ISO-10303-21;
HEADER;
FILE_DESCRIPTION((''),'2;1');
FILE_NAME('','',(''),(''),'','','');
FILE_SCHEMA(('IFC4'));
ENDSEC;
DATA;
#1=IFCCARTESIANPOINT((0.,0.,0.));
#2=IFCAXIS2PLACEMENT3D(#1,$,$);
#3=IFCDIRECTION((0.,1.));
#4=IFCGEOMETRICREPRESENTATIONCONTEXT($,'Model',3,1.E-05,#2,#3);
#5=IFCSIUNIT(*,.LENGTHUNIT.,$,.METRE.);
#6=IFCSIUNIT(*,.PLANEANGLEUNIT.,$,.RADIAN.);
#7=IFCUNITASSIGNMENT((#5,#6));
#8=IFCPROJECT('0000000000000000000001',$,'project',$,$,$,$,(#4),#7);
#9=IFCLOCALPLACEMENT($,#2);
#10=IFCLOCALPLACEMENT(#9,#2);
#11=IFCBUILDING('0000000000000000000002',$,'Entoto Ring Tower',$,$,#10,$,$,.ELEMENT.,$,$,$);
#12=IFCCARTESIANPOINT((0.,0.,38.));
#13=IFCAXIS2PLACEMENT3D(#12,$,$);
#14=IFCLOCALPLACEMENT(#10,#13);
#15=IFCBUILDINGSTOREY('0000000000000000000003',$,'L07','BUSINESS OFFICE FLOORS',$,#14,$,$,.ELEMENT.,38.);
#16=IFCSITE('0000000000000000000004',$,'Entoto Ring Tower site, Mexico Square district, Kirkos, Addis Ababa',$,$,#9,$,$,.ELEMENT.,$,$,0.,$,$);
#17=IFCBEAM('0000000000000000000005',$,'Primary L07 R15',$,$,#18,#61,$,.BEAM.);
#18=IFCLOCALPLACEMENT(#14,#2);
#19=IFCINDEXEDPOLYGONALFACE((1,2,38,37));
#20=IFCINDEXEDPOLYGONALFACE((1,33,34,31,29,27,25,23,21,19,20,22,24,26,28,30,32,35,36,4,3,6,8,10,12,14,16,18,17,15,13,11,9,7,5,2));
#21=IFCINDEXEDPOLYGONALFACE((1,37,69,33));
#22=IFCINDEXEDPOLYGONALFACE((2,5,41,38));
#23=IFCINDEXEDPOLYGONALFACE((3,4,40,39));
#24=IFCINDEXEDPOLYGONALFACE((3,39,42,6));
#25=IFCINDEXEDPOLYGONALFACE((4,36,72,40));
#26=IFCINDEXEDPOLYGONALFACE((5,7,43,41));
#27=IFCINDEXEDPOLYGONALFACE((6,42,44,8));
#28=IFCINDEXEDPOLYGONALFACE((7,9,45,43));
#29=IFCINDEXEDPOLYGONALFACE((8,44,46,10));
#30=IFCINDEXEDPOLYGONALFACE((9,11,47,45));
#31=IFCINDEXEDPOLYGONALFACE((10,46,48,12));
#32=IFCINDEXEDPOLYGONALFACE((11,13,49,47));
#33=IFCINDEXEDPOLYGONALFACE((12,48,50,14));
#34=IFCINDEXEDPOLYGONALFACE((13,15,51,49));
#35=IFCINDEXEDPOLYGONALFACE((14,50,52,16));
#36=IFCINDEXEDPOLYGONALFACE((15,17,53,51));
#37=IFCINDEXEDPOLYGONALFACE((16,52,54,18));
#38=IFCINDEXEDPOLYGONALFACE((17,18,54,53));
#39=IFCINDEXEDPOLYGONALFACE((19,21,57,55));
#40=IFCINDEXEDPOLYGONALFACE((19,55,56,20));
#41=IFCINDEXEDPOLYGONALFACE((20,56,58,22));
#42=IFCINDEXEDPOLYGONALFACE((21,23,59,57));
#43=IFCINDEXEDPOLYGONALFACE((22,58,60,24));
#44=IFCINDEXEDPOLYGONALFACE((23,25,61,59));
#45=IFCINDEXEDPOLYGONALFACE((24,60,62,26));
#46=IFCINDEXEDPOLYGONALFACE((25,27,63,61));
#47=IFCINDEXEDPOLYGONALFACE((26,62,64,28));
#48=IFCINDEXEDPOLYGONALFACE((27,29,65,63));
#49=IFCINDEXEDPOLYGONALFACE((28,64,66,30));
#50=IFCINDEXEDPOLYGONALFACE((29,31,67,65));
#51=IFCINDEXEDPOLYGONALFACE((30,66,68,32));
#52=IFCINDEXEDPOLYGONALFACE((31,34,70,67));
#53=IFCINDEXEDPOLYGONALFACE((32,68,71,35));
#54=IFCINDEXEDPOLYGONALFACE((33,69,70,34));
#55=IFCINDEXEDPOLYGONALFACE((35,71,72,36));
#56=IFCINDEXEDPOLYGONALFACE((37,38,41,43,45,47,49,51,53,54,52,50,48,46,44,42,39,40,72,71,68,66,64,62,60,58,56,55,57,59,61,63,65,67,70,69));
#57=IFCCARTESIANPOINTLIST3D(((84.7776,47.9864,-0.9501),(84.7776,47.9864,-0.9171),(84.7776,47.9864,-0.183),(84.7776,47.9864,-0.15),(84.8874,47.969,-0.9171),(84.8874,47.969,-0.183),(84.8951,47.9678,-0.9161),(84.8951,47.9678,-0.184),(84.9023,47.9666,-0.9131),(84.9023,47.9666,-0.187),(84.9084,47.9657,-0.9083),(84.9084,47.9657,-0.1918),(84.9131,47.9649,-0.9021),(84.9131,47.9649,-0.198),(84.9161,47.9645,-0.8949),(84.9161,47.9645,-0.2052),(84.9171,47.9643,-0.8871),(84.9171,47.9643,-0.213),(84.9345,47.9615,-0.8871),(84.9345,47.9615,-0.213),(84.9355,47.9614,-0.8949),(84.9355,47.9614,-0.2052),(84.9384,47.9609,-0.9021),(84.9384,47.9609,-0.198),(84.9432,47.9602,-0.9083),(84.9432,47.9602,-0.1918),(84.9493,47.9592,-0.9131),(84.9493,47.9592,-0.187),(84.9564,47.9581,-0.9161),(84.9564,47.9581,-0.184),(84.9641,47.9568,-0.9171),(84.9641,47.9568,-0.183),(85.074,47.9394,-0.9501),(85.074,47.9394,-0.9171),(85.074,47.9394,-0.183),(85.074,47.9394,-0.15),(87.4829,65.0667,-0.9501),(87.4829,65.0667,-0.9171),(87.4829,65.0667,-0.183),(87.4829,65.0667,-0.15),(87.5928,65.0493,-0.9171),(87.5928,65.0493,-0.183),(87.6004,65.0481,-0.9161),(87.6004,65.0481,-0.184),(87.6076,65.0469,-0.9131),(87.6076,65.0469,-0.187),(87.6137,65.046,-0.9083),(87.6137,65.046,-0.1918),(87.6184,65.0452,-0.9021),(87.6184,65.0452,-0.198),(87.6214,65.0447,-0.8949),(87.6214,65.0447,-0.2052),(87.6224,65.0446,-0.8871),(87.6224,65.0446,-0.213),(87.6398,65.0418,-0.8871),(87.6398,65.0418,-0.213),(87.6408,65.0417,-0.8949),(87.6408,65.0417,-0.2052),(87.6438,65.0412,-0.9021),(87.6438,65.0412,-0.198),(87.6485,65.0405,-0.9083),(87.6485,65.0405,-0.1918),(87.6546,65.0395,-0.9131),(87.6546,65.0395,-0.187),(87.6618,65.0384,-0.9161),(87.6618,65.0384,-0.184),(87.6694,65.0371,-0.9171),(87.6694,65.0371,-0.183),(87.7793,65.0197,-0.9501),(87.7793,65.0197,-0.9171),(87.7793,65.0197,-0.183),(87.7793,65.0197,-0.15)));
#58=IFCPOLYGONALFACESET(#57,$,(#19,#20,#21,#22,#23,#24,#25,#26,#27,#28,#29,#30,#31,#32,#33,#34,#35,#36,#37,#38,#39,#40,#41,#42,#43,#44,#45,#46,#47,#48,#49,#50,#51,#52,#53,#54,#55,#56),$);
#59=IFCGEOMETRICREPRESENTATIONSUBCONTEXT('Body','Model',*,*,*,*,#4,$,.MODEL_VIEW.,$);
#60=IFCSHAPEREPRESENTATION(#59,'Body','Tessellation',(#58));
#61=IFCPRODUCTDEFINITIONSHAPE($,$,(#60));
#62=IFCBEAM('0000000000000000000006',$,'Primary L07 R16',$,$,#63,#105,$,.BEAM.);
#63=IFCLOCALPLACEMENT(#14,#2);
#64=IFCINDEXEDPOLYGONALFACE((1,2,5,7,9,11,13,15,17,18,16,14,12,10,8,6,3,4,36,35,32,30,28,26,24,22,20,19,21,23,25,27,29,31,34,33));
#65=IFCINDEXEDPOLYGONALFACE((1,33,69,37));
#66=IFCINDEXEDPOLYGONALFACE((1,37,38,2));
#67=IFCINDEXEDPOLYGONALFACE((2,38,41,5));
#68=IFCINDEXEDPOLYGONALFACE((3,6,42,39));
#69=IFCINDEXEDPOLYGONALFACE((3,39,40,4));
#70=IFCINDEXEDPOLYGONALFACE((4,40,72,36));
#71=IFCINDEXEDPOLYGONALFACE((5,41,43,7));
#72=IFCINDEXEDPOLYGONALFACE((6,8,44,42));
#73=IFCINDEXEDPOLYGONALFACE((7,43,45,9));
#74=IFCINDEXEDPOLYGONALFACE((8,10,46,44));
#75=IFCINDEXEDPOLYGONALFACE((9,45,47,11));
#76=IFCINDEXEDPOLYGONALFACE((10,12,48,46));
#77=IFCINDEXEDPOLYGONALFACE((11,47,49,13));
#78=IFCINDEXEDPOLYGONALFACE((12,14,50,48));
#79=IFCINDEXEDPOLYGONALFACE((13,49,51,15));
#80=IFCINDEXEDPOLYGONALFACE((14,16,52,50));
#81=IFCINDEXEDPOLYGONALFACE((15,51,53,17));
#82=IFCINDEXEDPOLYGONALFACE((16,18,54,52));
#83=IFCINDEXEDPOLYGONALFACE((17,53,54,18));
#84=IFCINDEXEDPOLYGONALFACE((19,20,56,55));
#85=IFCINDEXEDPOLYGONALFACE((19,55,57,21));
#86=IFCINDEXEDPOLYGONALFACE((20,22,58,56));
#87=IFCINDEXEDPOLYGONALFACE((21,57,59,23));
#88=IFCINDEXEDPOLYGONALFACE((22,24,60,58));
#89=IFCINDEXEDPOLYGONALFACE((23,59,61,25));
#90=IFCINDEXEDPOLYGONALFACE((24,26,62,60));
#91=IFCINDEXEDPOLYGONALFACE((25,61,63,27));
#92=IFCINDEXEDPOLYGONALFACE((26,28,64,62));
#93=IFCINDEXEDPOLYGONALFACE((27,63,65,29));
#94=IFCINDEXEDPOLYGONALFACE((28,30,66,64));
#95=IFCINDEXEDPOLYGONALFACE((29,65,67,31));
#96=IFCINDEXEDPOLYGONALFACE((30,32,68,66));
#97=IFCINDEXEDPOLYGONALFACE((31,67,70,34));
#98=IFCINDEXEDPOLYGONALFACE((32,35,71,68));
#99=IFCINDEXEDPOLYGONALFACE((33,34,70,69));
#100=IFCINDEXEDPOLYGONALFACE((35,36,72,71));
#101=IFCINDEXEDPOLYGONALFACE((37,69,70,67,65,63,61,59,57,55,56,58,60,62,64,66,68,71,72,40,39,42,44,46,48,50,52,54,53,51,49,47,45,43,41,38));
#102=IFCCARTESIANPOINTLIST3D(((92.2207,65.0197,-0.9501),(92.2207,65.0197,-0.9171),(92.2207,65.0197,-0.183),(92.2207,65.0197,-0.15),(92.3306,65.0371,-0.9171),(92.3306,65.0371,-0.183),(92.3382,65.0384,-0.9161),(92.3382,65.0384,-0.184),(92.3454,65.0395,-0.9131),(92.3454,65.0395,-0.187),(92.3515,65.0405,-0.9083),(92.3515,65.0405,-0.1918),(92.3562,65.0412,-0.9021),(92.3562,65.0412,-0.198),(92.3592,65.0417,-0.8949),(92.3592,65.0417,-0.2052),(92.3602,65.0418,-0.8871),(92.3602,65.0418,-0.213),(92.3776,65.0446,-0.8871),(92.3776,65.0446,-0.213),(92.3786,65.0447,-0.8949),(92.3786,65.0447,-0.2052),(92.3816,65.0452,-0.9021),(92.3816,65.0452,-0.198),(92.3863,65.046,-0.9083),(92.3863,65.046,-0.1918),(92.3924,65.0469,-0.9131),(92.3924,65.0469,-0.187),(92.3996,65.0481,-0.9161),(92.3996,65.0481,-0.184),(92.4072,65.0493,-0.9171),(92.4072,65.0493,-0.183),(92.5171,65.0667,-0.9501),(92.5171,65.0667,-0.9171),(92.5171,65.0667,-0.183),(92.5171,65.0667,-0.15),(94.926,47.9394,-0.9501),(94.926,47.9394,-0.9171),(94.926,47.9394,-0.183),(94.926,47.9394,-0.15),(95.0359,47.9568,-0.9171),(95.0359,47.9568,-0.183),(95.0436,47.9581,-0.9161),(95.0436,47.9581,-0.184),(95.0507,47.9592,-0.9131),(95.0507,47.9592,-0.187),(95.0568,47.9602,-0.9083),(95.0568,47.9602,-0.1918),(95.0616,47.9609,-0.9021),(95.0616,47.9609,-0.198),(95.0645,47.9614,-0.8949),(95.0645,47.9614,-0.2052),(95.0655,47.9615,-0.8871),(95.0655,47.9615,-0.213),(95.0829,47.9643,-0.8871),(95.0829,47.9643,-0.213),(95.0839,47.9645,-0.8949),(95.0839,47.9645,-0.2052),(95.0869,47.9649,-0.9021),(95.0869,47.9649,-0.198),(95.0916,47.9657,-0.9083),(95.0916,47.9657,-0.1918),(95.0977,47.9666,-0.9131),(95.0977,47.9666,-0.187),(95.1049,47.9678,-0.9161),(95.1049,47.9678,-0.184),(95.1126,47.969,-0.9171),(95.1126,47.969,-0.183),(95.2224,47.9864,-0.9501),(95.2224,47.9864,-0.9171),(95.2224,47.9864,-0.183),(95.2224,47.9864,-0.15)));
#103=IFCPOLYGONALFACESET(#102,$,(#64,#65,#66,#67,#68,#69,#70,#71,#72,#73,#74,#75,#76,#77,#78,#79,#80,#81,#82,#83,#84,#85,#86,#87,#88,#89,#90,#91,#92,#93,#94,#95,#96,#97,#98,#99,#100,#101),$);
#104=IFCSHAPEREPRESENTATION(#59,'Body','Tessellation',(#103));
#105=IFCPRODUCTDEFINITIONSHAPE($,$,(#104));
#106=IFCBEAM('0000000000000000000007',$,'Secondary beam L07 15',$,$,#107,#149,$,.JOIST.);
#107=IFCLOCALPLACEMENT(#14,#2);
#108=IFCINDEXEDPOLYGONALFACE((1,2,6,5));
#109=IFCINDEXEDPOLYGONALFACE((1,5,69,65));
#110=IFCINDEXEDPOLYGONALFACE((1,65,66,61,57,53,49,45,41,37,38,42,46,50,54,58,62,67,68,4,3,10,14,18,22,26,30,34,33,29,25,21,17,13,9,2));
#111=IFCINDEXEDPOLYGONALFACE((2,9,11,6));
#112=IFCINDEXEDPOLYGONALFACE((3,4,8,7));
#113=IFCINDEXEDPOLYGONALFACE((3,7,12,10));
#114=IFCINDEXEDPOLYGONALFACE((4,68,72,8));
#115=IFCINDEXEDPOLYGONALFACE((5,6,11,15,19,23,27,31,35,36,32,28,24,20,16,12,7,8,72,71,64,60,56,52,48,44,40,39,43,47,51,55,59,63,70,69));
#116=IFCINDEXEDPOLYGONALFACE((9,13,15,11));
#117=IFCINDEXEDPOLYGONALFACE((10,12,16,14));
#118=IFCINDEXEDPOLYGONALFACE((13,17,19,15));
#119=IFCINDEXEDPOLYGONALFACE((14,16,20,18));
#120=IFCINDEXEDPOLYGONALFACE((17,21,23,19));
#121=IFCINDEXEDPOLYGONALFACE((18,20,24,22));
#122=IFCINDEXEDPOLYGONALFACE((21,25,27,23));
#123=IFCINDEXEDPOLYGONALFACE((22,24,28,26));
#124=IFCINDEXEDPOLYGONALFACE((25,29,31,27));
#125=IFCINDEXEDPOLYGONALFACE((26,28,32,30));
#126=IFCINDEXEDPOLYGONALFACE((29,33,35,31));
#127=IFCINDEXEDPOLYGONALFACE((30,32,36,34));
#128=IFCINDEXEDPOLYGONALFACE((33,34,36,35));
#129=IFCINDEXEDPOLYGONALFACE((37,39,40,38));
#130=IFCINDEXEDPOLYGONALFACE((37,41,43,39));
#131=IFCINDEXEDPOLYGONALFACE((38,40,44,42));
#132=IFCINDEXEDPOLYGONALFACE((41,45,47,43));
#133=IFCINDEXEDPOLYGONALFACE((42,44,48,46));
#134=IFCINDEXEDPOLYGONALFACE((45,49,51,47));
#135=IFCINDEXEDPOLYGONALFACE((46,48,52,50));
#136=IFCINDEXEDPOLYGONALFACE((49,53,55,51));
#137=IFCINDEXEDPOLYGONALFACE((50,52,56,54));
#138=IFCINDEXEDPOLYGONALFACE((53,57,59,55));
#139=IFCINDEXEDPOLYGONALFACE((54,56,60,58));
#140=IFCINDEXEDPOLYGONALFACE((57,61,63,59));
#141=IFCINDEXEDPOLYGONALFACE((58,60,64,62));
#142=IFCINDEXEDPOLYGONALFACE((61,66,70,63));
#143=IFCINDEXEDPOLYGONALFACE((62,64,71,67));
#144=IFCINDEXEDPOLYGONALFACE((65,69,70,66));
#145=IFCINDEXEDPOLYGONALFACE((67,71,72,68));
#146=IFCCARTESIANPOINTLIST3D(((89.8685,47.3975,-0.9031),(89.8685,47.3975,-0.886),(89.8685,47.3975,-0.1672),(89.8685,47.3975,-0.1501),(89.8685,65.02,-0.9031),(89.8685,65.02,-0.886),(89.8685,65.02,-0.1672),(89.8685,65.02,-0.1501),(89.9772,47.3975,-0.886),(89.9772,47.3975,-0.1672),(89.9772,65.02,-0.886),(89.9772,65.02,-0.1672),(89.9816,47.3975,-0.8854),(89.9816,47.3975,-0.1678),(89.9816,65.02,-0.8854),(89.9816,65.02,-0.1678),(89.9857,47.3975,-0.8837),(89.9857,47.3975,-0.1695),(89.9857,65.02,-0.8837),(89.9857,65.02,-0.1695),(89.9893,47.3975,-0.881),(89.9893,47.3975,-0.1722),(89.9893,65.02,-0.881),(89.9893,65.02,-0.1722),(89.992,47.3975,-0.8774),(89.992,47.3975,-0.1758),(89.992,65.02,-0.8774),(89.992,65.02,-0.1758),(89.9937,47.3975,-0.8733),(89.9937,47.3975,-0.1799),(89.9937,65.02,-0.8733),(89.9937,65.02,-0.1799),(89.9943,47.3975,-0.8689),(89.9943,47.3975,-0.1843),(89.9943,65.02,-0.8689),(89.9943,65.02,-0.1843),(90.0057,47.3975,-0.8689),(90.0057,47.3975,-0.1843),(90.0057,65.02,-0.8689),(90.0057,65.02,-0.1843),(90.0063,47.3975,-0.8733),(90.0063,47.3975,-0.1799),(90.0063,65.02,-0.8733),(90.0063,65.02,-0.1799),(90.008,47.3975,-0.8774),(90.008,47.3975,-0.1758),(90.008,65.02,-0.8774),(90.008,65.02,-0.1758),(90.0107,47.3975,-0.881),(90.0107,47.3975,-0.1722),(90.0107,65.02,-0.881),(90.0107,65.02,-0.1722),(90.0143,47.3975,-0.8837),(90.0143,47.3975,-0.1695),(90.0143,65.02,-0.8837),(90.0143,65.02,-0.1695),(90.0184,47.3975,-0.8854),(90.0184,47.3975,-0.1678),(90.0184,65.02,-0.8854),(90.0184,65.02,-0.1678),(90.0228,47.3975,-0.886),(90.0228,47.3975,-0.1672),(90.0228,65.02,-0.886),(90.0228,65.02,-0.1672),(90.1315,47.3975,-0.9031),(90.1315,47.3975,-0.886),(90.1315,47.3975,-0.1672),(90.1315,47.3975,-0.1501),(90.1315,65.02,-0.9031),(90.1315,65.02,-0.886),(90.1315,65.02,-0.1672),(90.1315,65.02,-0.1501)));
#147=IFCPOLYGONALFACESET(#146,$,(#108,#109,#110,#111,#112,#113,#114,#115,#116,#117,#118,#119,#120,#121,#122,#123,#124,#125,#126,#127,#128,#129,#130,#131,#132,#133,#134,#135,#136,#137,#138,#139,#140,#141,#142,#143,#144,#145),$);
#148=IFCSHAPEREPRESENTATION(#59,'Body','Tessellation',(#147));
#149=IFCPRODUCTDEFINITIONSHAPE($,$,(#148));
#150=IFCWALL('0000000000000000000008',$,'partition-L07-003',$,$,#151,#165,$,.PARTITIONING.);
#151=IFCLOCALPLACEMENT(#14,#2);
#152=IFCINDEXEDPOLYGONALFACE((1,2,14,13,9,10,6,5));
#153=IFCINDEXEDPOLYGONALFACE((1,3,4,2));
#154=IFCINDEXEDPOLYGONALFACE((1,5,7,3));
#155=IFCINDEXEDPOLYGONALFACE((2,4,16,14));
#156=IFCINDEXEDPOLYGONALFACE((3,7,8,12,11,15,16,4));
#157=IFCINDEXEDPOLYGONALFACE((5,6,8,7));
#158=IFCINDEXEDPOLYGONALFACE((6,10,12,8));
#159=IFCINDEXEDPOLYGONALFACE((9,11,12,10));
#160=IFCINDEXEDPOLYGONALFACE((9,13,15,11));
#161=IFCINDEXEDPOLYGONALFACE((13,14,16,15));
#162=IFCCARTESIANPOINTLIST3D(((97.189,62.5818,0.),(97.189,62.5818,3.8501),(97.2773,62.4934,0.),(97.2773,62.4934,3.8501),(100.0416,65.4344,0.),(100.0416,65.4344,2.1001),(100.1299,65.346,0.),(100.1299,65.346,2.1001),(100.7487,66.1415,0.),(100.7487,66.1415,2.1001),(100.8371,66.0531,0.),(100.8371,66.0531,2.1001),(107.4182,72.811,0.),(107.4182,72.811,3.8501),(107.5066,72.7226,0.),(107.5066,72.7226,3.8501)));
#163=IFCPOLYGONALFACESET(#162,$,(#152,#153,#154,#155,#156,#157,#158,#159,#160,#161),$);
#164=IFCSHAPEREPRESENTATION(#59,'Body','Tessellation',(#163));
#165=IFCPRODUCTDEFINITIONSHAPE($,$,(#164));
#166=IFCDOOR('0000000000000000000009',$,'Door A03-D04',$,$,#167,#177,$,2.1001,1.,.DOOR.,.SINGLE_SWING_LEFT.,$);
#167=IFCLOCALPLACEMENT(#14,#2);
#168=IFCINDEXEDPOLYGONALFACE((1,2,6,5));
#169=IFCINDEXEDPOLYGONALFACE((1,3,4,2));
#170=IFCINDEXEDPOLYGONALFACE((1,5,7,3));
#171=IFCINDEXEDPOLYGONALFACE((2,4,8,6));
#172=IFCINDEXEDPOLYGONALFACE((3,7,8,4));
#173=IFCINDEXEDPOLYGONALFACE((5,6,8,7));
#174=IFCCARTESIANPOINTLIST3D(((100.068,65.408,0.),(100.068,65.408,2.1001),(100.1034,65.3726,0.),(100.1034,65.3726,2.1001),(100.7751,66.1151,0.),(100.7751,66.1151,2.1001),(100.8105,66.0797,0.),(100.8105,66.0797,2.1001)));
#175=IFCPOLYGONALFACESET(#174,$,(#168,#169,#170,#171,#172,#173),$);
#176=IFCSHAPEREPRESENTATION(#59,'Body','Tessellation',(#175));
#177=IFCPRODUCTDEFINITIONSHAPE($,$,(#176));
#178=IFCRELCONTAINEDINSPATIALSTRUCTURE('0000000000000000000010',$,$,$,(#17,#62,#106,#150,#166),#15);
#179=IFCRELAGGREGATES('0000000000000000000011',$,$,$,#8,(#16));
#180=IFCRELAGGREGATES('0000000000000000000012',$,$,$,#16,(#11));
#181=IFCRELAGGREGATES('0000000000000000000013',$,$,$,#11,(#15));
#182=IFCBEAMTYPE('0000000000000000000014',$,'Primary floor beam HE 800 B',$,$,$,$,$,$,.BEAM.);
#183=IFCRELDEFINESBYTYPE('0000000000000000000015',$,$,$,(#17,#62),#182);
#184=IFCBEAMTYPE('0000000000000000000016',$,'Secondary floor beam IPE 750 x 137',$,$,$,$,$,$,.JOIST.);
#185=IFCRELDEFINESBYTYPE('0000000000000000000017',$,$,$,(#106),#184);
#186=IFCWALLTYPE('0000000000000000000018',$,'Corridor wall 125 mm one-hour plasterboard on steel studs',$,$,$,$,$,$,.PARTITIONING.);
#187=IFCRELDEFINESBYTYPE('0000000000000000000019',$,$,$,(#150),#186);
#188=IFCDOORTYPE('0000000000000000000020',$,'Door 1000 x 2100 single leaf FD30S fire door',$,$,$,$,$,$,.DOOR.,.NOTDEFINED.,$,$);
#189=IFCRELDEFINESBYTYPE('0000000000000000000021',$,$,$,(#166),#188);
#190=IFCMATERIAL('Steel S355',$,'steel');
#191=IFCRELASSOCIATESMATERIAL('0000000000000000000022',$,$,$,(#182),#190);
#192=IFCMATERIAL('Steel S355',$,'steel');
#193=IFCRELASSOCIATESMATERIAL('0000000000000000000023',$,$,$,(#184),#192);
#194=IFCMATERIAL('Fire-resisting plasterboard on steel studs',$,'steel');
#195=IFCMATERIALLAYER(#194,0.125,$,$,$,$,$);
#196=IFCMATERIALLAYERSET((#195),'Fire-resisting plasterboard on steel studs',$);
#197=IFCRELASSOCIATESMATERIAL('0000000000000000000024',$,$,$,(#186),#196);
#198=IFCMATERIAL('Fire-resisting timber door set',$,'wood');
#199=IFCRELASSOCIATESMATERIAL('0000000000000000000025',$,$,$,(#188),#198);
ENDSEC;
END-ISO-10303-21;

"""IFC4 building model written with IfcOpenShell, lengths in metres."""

from ifc_helpers import new_model, si_unit, direction, frame, frame_2d, origin, origin_2d, place, context, subcontext, project, spatial, rectangle, i_section, extrude, material, layer, layer_set, material_profile, profile_set, type_object, element, fill, save


model = new_model("IFC4")

# Units and contexts
model_context = context("Model", 3, precision=1e-05, world=origin(), true_north=direction((0.0, 1.0)))
body_context = subcontext(model_context, "Body", "Model", "MODEL_VIEW")
ifc_project = project(units=[si_unit("LENGTHUNIT", "METRE"), si_unit("PLANEANGLEUNIT", "RADIAN")], contexts=[model_context])

# Site, building, storey
site_placement = place(None, origin())
site = spatial("IfcSite", under=ifc_project, at=site_placement, Name="Entoto Ring Tower site, Mexico Square district, Kirkos, Addis Ababa", CompositionType="ELEMENT", RefElevation=0.0)
building_placement = place(site_placement, origin())
building = spatial("IfcBuilding", under=site, at=building_placement, Name="Entoto Ring Tower", CompositionType="ELEMENT")
storey_placement = place(building_placement, frame((0.0, 0.0, 38.0)))
storey = spatial("IfcBuildingStorey", under=building, at=storey_placement, Name="L07", Description="BUSINESS OFFICE FLOORS", CompositionType="ELEMENT", Elevation=38.0)

# Beams
ifc_material_1 = material(Name="Steel S355", Category="steel")
ifc_material_profile_1 = material_profile(ifc_material_1, i_section(OverallWidth=0.3, OverallDepth=0.8, WebThickness=0.0176, FlangeThickness=0.033, FilletRadius=0.03, at=origin_2d()), Name="HE 800 B")
ifc_profile_set_1 = profile_set([ifc_material_profile_1], Name="Steel S355")
beam_type_1 = type_object("IfcBeamType", Name="Primary floor beam HE 800 B", PredefinedType="BEAM", material=ifc_profile_set_1)
for number, where, z_axis, x_axis, name in (
    (1, (87.6311, 65.0432, -0.55), (-0.156438, -0.987688, 0.0), (0.987688, -0.156438, 0.0), "Primary L07 R15"),
    (2, (92.3689, 65.0432, -0.55), (0.156438, -0.987688, 0.0), (0.987688, 0.156438, 0.0), "Primary L07 R16"),
):
    element("IfcBeam", number, at=place(storey_placement, frame(where, z_axis=z_axis, x_axis=x_axis)), inside=storey, type_object=beam_type_1, Name=name, PredefinedType="BEAM", context=body_context, shape_type="SweptSolid", body=[
        extrude(i_section(OverallWidth=0.3, OverallDepth=0.8, WebThickness=0.0176, FlangeThickness=0.033, FilletRadius=0.03, at=origin_2d()), origin(), (0.0, 0.0, 1.0), 17.2932),
    ])
ifc_material_2 = material(Name="Steel S355", Category="steel")
ifc_material_profile_2 = material_profile(ifc_material_2, i_section(OverallWidth=0.2629, OverallDepth=0.7529, WebThickness=0.0115, FlangeThickness=0.0171, FilletRadius=0.0171, at=origin_2d()), Name="IPE 750 x 137")
ifc_profile_set_2 = profile_set([ifc_material_profile_2], Name="Steel S355")
beam_type_2 = type_object("IfcBeamType", Name="Secondary floor beam IPE 750 x 137", PredefinedType="JOIST", material=ifc_profile_set_2)
beam_placement = place(storey_placement, frame((90.0, 65.02, -0.5266), z_axis=(0.0, -1.0, 0.0), x_axis=(1.0, 0.0, 0.0)))
element("IfcBeam", 3, at=beam_placement, inside=storey, type_object=beam_type_2, Name="Secondary beam L07 15", PredefinedType="JOIST", context=body_context, shape_type="SweptSolid", body=[
    extrude(i_section(OverallWidth=0.2629, OverallDepth=0.7529, WebThickness=0.0115, FlangeThickness=0.0171, FilletRadius=0.0171, at=origin_2d()), origin(), (0.0, 0.0, 1.0), 17.6226),
])

# Wall, opening, door
ifc_material_3 = material(Name="Fire-resisting plasterboard on steel studs", Category="steel")
ifc_layer_1 = layer(ifc_material_3, 0.125)
ifc_layer_set_1 = layer_set([ifc_layer_1], Name="Fire-resisting plasterboard on steel studs")
wall_type_1 = type_object("IfcWallType", Name="Corridor wall 125 mm one-hour plasterboard on steel studs", PredefinedType="PARTITIONING", material=ifc_layer_set_1)
wall_1_placement = place(storey_placement, frame((97.2332, 62.5376, 0.0), z_axis=(0.0, 0.0, 1.0), x_axis=(0.707107, 0.707107, 0.0)))
wall_1 = element("IfcWall", 4, at=wall_1_placement, inside=storey, type_object=wall_type_1, Name="partition-L07-003", PredefinedType="PARTITIONING", context=body_context, shape_type="SweptSolid", body=[
    extrude(rectangle(XDim=14.4663, YDim=0.125, at=frame_2d((7.2332, 0.0))), origin(), (0.0, 0.0, 1.0), 3.8501),
])
opening_1_placement = place(wall_1_placement, frame((4.0342, 0.0, 0.0)))
opening_1 = element("IfcOpeningElement", 5, at=opening_1_placement, cuts=wall_1, PredefinedType="OPENING", context=body_context, shape_type="SweptSolid", body=[
    extrude(rectangle(XDim=1.0, YDim=2.1001, at=frame_2d((0.5, 1.05))), frame((0.0, 0.0725, 0.0), z_axis=(0.0, -1.0, 0.0), x_axis=(1.0, 0.0, 0.0)), (0.0, 0.0, 1.0), 0.145),
])
ifc_material_4 = material(Name="Fire-resisting timber door set", Category="wood")
door_type_1 = type_object("IfcDoorType", Name="Door 1000 x 2100 single leaf FD30S fire door", OperationType="NOTDEFINED", PredefinedType="DOOR", material=ifc_material_4)
door_1_placement = place(opening_1_placement, frame((1.0, 0.0, 0.0), z_axis=(0.0, 0.0, 1.0), x_axis=(-1.0, 0.0, 0.0)))
door_1 = element("IfcDoor", 6, at=door_1_placement, inside=storey, type_object=door_type_1, Name="Door A03-D04", OperationType="SINGLE_SWING_LEFT", OverallHeight=2.1001, OverallWidth=1.0, PredefinedType="DOOR", context=body_context, shape_type="SweptSolid", body=[
    extrude(rectangle(XDim=1.0, YDim=2.1001, at=frame_2d((0.5, 1.05))), frame((0.0, 0.0249, 0.0), z_axis=(0.0, -1.0, 0.0), x_axis=(1.0, 0.0, 0.0)), (0.0, 0.0, 1.0), 0.05),
])
fill(opening_1, door_1)

save(model, "model.ifc")
